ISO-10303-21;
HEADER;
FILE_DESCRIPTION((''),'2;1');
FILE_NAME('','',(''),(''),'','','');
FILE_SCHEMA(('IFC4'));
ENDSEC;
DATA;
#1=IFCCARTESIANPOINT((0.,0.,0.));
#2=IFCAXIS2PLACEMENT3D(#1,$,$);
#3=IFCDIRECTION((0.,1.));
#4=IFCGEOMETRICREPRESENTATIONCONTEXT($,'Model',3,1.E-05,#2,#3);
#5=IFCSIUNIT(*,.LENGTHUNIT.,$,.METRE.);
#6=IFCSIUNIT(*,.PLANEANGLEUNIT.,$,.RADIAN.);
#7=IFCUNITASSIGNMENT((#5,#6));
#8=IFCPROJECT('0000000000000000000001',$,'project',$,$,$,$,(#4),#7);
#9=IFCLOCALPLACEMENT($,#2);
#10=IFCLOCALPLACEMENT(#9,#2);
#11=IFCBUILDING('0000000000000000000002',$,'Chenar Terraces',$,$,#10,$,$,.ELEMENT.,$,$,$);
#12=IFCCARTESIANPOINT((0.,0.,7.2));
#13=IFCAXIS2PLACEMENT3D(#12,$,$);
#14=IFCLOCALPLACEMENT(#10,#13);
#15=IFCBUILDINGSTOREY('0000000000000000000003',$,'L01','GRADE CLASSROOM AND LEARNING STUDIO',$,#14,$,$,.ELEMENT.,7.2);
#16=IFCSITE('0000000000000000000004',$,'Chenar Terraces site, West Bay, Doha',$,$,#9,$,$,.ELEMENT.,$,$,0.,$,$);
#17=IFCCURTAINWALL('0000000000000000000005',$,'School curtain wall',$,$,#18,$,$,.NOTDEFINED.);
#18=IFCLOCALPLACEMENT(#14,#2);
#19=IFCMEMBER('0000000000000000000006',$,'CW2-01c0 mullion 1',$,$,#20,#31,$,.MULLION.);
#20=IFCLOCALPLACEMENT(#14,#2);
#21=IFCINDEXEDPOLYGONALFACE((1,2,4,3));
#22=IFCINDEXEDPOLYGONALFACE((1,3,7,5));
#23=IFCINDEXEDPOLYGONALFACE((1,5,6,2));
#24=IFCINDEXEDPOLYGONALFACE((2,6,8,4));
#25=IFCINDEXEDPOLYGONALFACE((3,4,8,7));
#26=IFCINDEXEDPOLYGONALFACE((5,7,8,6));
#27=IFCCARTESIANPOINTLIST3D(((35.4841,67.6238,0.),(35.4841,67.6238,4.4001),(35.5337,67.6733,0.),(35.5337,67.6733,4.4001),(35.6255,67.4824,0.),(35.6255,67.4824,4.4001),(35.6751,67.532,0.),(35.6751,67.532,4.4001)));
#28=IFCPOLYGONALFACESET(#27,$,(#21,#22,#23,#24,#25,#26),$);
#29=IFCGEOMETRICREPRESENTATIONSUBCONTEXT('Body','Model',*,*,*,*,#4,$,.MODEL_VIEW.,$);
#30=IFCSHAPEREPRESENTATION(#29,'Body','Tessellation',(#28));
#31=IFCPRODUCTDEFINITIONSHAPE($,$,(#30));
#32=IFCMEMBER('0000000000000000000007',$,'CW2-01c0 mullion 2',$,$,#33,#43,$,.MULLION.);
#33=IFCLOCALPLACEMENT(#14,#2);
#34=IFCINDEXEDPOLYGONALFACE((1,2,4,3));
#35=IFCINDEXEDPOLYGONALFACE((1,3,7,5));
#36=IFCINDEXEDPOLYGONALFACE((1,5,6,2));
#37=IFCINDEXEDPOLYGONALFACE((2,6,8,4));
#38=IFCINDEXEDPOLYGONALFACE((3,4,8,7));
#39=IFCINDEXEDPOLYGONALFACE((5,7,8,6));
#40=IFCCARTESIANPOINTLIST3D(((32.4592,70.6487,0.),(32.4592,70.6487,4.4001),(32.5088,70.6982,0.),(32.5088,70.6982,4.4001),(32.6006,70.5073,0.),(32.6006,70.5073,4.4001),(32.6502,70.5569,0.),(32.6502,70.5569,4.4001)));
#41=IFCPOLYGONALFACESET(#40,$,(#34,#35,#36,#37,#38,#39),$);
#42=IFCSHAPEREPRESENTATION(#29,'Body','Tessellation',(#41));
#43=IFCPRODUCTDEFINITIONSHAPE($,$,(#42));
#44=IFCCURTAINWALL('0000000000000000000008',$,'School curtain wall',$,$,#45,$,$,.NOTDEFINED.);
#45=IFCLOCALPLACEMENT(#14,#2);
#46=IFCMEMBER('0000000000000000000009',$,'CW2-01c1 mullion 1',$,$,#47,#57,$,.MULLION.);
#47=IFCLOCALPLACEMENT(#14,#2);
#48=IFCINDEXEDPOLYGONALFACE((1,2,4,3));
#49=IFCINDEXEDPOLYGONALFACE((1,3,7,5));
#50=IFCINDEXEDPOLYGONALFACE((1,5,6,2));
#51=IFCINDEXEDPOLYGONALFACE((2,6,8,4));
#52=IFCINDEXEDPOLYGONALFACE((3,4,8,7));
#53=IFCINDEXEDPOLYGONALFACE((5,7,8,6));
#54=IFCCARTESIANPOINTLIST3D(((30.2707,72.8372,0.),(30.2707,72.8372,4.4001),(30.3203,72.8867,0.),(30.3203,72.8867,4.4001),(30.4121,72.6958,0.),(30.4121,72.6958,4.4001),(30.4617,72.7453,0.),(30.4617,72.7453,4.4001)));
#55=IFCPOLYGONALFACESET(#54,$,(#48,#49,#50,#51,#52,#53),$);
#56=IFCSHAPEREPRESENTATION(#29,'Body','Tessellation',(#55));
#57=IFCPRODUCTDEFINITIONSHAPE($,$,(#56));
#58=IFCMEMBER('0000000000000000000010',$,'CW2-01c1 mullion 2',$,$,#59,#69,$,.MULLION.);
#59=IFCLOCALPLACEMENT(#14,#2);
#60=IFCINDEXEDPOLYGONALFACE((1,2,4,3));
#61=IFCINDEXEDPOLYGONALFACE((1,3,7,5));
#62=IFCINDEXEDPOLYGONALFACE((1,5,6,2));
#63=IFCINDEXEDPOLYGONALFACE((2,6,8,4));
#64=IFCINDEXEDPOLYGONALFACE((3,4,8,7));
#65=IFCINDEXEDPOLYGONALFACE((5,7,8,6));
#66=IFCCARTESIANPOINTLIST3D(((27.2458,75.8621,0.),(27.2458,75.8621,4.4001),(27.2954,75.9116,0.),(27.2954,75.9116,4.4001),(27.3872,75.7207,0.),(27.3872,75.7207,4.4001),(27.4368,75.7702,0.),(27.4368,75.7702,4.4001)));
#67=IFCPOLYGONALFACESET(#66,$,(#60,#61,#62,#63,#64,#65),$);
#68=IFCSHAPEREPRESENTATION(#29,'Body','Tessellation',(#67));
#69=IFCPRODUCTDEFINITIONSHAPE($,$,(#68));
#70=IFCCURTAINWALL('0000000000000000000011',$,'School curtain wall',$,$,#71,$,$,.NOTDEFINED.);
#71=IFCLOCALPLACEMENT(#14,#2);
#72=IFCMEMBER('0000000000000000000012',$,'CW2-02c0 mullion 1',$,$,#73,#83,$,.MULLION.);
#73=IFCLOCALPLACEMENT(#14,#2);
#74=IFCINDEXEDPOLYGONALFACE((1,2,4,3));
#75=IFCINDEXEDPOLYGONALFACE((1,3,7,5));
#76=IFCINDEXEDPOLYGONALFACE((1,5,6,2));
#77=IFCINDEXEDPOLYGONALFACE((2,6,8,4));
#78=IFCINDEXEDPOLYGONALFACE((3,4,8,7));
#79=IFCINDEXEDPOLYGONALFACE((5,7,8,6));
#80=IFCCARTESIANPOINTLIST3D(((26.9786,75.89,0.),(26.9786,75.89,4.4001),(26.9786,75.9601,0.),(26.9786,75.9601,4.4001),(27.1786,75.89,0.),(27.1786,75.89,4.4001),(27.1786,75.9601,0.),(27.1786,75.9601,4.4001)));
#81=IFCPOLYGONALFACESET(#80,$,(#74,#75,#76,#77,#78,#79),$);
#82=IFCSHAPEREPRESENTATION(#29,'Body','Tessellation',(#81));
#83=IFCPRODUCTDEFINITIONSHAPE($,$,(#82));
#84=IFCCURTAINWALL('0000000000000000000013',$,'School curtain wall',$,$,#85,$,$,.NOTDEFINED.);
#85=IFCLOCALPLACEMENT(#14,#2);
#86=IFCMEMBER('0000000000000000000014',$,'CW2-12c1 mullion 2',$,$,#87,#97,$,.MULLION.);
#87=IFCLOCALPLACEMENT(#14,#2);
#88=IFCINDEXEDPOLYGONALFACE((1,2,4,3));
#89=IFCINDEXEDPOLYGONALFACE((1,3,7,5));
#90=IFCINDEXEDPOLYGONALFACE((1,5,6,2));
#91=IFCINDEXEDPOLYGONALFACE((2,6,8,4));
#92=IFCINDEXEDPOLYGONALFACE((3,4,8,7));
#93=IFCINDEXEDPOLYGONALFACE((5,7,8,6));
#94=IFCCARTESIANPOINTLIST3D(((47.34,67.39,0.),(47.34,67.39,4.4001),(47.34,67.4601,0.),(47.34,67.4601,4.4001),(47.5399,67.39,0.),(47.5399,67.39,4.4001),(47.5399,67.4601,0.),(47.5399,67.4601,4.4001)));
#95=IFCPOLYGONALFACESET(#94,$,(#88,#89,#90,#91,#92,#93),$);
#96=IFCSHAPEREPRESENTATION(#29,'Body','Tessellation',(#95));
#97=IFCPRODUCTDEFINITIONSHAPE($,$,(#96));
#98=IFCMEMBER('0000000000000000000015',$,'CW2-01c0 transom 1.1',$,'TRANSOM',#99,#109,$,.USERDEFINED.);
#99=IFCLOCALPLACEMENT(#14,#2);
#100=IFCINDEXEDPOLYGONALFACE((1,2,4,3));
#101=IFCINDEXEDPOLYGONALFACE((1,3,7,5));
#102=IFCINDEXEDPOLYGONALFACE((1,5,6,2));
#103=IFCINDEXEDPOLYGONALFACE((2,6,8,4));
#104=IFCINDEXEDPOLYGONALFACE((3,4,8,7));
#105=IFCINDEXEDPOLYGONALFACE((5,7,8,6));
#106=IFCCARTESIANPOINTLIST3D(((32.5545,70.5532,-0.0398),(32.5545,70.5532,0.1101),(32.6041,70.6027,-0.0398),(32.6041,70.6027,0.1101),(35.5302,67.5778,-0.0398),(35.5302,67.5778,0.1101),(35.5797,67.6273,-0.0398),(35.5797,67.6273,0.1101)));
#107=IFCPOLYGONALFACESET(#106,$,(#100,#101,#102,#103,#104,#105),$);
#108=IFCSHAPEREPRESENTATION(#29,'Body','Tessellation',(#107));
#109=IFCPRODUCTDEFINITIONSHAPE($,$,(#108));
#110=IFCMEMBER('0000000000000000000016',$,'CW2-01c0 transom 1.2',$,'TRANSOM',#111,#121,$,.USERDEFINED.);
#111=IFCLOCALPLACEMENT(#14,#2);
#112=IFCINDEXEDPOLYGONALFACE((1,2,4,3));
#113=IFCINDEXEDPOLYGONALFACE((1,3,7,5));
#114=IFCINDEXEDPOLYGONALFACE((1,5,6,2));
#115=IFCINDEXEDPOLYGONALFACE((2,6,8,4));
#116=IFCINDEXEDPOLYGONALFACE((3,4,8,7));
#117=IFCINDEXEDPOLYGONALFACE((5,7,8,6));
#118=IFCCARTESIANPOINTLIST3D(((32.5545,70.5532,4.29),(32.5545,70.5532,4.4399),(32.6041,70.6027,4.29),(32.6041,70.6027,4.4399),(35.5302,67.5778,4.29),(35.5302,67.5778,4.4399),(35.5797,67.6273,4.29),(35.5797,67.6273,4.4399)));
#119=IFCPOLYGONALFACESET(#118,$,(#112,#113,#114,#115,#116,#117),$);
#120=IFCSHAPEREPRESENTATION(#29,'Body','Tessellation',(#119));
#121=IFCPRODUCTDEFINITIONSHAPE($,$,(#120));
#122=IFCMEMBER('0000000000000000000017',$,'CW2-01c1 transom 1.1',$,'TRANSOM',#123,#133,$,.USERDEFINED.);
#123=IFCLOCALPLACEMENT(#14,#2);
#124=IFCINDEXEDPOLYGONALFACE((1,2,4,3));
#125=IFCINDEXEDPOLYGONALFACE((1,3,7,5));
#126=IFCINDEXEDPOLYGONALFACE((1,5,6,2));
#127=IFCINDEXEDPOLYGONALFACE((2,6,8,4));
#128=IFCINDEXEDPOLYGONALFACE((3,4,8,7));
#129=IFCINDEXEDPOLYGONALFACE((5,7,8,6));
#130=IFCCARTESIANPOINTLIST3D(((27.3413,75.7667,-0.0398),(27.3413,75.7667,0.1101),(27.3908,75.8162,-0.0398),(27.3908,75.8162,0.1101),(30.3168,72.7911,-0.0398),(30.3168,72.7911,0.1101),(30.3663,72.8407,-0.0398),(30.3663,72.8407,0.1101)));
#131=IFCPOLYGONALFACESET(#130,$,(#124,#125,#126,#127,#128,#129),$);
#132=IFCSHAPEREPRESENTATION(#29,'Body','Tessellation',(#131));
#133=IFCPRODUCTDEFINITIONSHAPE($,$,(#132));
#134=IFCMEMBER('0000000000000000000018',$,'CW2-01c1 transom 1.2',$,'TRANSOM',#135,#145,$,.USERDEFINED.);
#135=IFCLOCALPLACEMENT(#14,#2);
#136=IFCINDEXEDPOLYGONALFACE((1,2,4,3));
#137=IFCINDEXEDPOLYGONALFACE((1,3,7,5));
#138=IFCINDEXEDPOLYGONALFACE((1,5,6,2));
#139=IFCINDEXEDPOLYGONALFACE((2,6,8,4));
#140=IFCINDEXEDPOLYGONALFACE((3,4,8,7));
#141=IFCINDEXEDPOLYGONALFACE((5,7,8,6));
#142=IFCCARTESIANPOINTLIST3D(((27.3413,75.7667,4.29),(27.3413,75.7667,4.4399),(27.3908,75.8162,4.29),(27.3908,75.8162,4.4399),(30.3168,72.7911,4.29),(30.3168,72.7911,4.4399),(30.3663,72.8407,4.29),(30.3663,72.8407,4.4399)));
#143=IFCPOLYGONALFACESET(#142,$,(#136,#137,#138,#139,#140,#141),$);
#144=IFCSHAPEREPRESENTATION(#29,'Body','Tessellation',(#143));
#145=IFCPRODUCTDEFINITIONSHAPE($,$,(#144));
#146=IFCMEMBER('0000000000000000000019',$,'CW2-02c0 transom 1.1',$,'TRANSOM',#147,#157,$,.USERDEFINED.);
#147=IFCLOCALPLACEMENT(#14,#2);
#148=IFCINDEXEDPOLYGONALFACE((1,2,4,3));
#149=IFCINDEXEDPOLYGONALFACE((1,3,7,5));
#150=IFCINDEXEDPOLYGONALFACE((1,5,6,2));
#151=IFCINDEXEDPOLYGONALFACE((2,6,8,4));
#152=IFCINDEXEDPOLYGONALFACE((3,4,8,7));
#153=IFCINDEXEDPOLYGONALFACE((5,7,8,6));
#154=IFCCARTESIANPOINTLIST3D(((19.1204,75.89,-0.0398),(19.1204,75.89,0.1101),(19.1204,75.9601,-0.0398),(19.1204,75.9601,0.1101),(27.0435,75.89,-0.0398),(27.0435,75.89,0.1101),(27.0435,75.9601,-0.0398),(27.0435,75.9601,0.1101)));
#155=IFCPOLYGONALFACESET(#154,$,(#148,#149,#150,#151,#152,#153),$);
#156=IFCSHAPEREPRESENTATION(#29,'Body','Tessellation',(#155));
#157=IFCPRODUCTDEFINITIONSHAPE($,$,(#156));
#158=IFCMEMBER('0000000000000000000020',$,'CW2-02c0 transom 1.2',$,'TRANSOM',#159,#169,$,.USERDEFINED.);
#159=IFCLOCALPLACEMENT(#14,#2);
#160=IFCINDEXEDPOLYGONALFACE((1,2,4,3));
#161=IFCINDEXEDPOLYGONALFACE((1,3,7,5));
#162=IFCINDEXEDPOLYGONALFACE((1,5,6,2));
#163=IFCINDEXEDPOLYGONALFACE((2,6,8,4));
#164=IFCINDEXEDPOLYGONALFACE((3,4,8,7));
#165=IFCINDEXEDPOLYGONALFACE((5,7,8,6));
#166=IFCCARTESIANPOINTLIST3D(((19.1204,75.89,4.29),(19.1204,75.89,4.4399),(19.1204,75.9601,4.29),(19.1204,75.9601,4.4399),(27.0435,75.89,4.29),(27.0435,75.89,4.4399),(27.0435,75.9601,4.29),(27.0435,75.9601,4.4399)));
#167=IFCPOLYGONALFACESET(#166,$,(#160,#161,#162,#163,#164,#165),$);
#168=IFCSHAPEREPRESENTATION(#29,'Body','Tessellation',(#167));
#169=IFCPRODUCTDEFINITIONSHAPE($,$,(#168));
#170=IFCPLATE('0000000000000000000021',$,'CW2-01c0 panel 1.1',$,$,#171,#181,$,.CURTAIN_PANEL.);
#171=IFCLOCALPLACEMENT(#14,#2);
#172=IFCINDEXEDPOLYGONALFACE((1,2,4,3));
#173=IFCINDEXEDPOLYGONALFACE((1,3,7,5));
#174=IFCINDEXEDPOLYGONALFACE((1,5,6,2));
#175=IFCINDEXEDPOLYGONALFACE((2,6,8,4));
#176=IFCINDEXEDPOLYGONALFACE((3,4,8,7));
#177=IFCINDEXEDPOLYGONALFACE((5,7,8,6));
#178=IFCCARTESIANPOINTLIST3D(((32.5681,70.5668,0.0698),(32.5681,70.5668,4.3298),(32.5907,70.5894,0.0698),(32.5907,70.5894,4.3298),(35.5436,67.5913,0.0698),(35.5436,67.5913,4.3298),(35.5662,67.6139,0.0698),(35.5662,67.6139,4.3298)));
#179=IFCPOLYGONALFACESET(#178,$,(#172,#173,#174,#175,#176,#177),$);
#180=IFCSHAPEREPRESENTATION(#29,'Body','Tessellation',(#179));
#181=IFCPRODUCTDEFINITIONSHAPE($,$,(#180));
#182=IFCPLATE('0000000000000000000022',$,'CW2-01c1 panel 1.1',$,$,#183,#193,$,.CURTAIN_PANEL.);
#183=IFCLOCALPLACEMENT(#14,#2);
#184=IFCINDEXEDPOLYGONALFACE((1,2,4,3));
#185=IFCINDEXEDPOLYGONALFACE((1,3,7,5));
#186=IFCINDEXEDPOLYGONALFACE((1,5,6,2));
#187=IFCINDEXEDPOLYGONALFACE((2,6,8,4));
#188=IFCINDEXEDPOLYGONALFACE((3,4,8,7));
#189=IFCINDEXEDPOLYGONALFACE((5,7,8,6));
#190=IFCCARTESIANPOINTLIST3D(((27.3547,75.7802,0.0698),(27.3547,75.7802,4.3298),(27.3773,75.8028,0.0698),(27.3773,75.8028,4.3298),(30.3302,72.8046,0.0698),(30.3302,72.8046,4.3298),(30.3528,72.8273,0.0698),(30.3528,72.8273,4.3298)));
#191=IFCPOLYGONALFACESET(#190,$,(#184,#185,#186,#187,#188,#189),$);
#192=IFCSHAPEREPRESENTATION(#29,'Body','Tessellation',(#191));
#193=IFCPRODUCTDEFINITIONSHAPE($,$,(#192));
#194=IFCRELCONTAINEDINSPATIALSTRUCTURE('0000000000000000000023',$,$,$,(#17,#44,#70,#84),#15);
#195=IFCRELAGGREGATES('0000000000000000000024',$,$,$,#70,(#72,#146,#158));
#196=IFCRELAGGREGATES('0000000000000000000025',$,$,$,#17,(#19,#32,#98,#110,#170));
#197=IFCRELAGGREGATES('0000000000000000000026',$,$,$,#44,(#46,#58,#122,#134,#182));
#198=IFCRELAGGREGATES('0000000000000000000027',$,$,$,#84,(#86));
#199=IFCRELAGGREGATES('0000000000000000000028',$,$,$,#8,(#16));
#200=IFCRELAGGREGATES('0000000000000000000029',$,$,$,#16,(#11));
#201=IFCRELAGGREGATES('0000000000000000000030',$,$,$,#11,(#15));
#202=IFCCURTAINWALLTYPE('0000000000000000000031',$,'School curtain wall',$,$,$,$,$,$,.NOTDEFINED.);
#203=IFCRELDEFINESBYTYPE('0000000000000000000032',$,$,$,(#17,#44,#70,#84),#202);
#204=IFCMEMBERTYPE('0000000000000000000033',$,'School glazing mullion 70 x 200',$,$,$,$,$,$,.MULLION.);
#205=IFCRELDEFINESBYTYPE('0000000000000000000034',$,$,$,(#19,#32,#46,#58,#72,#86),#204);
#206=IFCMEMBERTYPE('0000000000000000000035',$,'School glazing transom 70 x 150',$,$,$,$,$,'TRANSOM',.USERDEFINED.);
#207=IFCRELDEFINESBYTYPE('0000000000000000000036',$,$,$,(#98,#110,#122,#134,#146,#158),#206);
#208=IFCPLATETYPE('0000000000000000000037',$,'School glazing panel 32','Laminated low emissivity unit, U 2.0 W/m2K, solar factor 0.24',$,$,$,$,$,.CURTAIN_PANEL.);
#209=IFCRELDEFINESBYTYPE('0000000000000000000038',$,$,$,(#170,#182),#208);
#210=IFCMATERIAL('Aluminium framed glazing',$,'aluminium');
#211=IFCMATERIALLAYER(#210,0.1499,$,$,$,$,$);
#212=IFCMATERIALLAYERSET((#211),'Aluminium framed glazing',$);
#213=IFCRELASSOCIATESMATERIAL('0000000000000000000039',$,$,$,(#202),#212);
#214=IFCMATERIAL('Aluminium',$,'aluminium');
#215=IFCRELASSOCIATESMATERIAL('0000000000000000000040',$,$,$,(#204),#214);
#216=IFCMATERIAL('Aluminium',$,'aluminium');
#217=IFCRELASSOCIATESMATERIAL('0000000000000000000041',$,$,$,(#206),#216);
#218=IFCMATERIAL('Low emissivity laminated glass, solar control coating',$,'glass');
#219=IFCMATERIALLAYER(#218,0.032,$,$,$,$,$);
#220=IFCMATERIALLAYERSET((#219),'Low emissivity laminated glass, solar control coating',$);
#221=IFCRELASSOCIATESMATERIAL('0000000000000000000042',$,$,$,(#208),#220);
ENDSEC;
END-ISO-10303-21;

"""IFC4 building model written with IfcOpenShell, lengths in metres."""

from ifc_helpers import new_model, si_unit, direction, frame, origin, origin_2d, place, context, subcontext, project, spatial, rectangle, extrude, material, layer, layer_set, material_profile, profile_set, type_object, element, aggregate, save


model = new_model("IFC4")

# Units and contexts
model_context = context("Model", 3, precision=1e-05, world=origin(), true_north=direction((0.0, 1.0)))
body_context = subcontext(model_context, "Body", "Model", "MODEL_VIEW")
ifc_project = project(units=[si_unit("LENGTHUNIT", "METRE"), si_unit("PLANEANGLEUNIT", "RADIAN")], contexts=[model_context])

# Site, building, storey
site_placement = place(None, origin())
site = spatial("IfcSite", under=ifc_project, at=site_placement, Name="Chenar Terraces site, West Bay, Doha", CompositionType="ELEMENT", RefElevation=0.0)
building_placement = place(site_placement, origin())
building = spatial("IfcBuilding", under=site, at=building_placement, Name="Chenar Terraces", CompositionType="ELEMENT")
storey_placement = place(building_placement, frame((0.0, 0.0, 7.2)))
storey = spatial("IfcBuildingStorey", under=building, at=storey_placement, Name="L01", Description="GRADE CLASSROOM AND LEARNING STUDIO", CompositionType="ELEMENT", Elevation=7.2)

# Curtain walls, members
ifc_material_1 = material(Name="Aluminium framed glazing", Category="aluminium")
ifc_layer_1 = layer(ifc_material_1, 0.1499)
ifc_layer_set_1 = layer_set([ifc_layer_1], Name="Aluminium framed glazing")
curtain_wall_type = type_object("IfcCurtainWallType", Name="School curtain wall", PredefinedType="NOTDEFINED", material=ifc_layer_set_1)
placement = place(storey_placement, origin())
curtain_wall_1 = element("IfcCurtainWall", 1, at=placement, inside=storey, type_object=curtain_wall_type, Name="School curtain wall", PredefinedType="NOTDEFINED")
ifc_material_2 = material(Name="Aluminium", Category="aluminium")
ifc_material_profile_1 = material_profile(ifc_material_2, rectangle(XDim=0.0701, YDim=0.2, at=origin_2d()), Name="School glazing mullion 70 x 200")
ifc_profile_set_1 = profile_set([ifc_material_profile_1], Name="Aluminium")
member_type_1 = type_object("IfcMemberType", Name="School glazing mullion 70 x 200", PredefinedType="MULLION", material=ifc_profile_set_1)
member_1_placement = place(storey_placement, frame((35.5796, 67.5779, 0.0), z_axis=(0.0, 0.0, 1.0), x_axis=(-0.707107, -0.707107, 0.0)))
member_1 = element("IfcMember", 2, at=member_1_placement, type_object=member_type_1, Name="CW2-01c0 mullion 1", PredefinedType="MULLION", context=body_context, shape_type="SweptSolid", body=[
    extrude(rectangle(XDim=0.0701, YDim=0.2, at=origin_2d()), origin(), (0.0, 0.0, 1.0), 4.4001),
])
member_2_placement = place(storey_placement, frame((32.5547, 70.6028, 0.0), z_axis=(0.0, 0.0, 1.0), x_axis=(-0.707107, -0.707107, 0.0)))
member_2 = element("IfcMember", 3, at=member_2_placement, type_object=member_type_1, Name="CW2-01c0 mullion 2", PredefinedType="MULLION", context=body_context, shape_type="SweptSolid", body=[
    extrude(rectangle(XDim=0.0701, YDim=0.2, at=origin_2d()), origin(), (0.0, 0.0, 1.0), 4.4001),
])
curtain_wall_2 = element("IfcCurtainWall", 4, at=placement, inside=storey, type_object=curtain_wall_type, Name="School curtain wall", PredefinedType="NOTDEFINED")
member_3_placement = place(storey_placement, frame((30.3662, 72.7913, 0.0), z_axis=(0.0, 0.0, 1.0), x_axis=(-0.707107, -0.707107, 0.0)))
member_3 = element("IfcMember", 5, at=member_3_placement, type_object=member_type_1, Name="CW2-01c1 mullion 1", PredefinedType="MULLION", context=body_context, shape_type="SweptSolid", body=[
    extrude(rectangle(XDim=0.0701, YDim=0.2, at=origin_2d()), origin(), (0.0, 0.0, 1.0), 4.4001),
])
member_4_placement = place(storey_placement, frame((27.3413, 75.8162, 0.0), z_axis=(0.0, 0.0, 1.0), x_axis=(-0.707107, -0.707107, 0.0)))
member_4 = element("IfcMember", 6, at=member_4_placement, type_object=member_type_1, Name="CW2-01c1 mullion 2", PredefinedType="MULLION", context=body_context, shape_type="SweptSolid", body=[
    extrude(rectangle(XDim=0.0701, YDim=0.2, at=origin_2d()), origin(), (0.0, 0.0, 1.0), 4.4001),
])

# Curtain walls, members
curtain_wall_3 = element("IfcCurtainWall", 7, at=placement, inside=storey, type_object=curtain_wall_type, Name="School curtain wall", PredefinedType="NOTDEFINED")
member_5_placement = place(storey_placement, frame((27.0786, 75.925, 0.0), z_axis=(0.0, 0.0, 1.0), x_axis=(0.0, -1.0, 0.0)))
member_5 = element("IfcMember", 8, at=member_5_placement, type_object=member_type_1, Name="CW2-02c0 mullion 1", PredefinedType="MULLION", context=body_context, shape_type="SweptSolid", body=[
    extrude(rectangle(XDim=0.0701, YDim=0.2, at=origin_2d()), origin(), (0.0, 0.0, 1.0), 4.4001),
])
curtain_wall_4 = element("IfcCurtainWall", 9, at=placement, inside=storey, type_object=curtain_wall_type, Name="School curtain wall", PredefinedType="NOTDEFINED")
member_6_placement = place(storey_placement, frame((47.4399, 67.425, 0.0), z_axis=(0.0, 0.0, 1.0), x_axis=(0.0, -1.0, 0.0)))
member_6 = element("IfcMember", 10, at=member_6_placement, type_object=member_type_1, Name="CW2-12c1 mullion 2", PredefinedType="MULLION", context=body_context, shape_type="SweptSolid", body=[
    extrude(rectangle(XDim=0.0701, YDim=0.2, at=origin_2d()), origin(), (0.0, 0.0, 1.0), 4.4001),
])

# Members
ifc_material_3 = material(Name="Aluminium", Category="aluminium")
ifc_material_profile_2 = material_profile(ifc_material_3, rectangle(XDim=0.0701, YDim=0.1499, at=origin_2d()), Name="School glazing transom 70 x 150")
ifc_profile_set_2 = profile_set([ifc_material_profile_2], Name="Aluminium")
member_type_2 = type_object("IfcMemberType", Name="School glazing transom 70 x 150", ElementType="TRANSOM", PredefinedType="USERDEFINED", material=ifc_profile_set_2)
member_7_placement = place(storey_placement, frame((35.5549, 67.6025, 0.0352), z_axis=(-0.707136, 0.707078, 0.0), x_axis=(-0.707078, -0.707136, 0.0)))
member_7 = element("IfcMember", 11, at=member_7_placement, type_object=member_type_2, Name="CW2-01c0 transom 1.1", ObjectType="TRANSOM", PredefinedType="USERDEFINED", context=body_context, shape_type="SweptSolid", body=[
    extrude(rectangle(XDim=0.0701, YDim=0.1499, at=origin_2d()), origin(), (0.0, 0.0, 1.0), 4.208),
])
member_8_placement = place(storey_placement, frame((35.5549, 67.6025, 4.365), z_axis=(-0.707136, 0.707078, 0.0), x_axis=(-0.707078, -0.707136, 0.0)))
member_8 = element("IfcMember", 12, at=member_8_placement, type_object=member_type_2, Name="CW2-01c0 transom 1.2", ObjectType="TRANSOM", PredefinedType="USERDEFINED", context=body_context, shape_type="SweptSolid", body=[
    extrude(rectangle(XDim=0.0701, YDim=0.1499, at=origin_2d()), origin(), (0.0, 0.0, 1.0), 4.208),
])
member_9_placement = place(storey_placement, frame((30.3416, 72.8159, 0.0352), z_axis=(-0.707107, 0.707107, 0.0), x_axis=(-0.707107, -0.707107, 0.0)))
member_9 = element("IfcMember", 13, at=member_9_placement, type_object=member_type_2, Name="CW2-01c1 transom 1.1", ObjectType="TRANSOM", PredefinedType="USERDEFINED", context=body_context, shape_type="SweptSolid", body=[
    extrude(rectangle(XDim=0.0701, YDim=0.1499, at=origin_2d()), origin(), (0.0, 0.0, 1.0), 4.208),
])
member_10_placement = place(storey_placement, frame((30.3416, 72.8159, 4.365), z_axis=(-0.707107, 0.707107, 0.0), x_axis=(-0.707107, -0.707107, 0.0)))
member_10 = element("IfcMember", 14, at=member_10_placement, type_object=member_type_2, Name="CW2-01c1 transom 1.2", ObjectType="TRANSOM", PredefinedType="USERDEFINED", context=body_context, shape_type="SweptSolid", body=[
    extrude(rectangle(XDim=0.0701, YDim=0.1499, at=origin_2d()), origin(), (0.0, 0.0, 1.0), 4.208),
])
member_11_placement = place(storey_placement, frame((27.0435, 75.925, 0.0352), z_axis=(-1.0, 0.0, 0.0), x_axis=(0.0, -1.0, 0.0)))
member_11 = element("IfcMember", 15, at=member_11_placement, type_object=member_type_2, Name="CW2-02c0 transom 1.1", ObjectType="TRANSOM", PredefinedType="USERDEFINED", context=body_context, shape_type="SweptSolid", body=[
    extrude(rectangle(XDim=0.0701, YDim=0.1499, at=origin_2d()), origin(), (0.0, 0.0, 1.0), 7.9231),
])
member_12_placement = place(storey_placement, frame((27.0435, 75.925, 4.365), z_axis=(-1.0, 0.0, 0.0), x_axis=(0.0, -1.0, 0.0)))
member_12 = element("IfcMember", 16, at=member_12_placement, type_object=member_type_2, Name="CW2-02c0 transom 1.2", ObjectType="TRANSOM", PredefinedType="USERDEFINED", context=body_context, shape_type="SweptSolid", body=[
    extrude(rectangle(XDim=0.0701, YDim=0.1499, at=origin_2d()), origin(), (0.0, 0.0, 1.0), 7.9231),
])
aggregate(curtain_wall_3, [member_5, member_11, member_12])

# Plates
ifc_material_4 = material(Name="Low emissivity laminated glass, solar control coating", Category="glass")
ifc_layer_2 = layer(ifc_material_4, 0.032)
ifc_layer_set_2 = layer_set([ifc_layer_2], Name="Low emissivity laminated glass, solar control coating")
plate_type = type_object("IfcPlateType", Name="School glazing panel 32", Description="Laminated low emissivity unit, U 2.0 W/m2K, solar factor 0.24", PredefinedType="CURTAIN_PANEL", material=ifc_layer_set_2)
plate_1_placement = place(storey_placement, frame((34.0671, 69.0903, 0.0698), z_axis=(0.0, 0.0, 1.0), x_axis=(-0.707107, 0.707107, 0.0)))
plate_1 = element("IfcPlate", 17, at=plate_1_placement, type_object=plate_type, Name="CW2-01c0 panel 1.1", PredefinedType="CURTAIN_PANEL", context=body_context, shape_type="SweptSolid", body=[
    extrude(rectangle(XDim=4.208, YDim=0.032, at=origin_2d()), origin(), (0.0, 0.0, 1.0), 4.26),
])
aggregate(curtain_wall_1, [member_1, member_2, member_7, member_8, plate_1])
plate_2_placement = place(storey_placement, frame((28.8538, 74.3037, 0.0698), z_axis=(0.0, 0.0, 1.0), x_axis=(-0.707107, 0.707107, 0.0)))
plate_2 = element("IfcPlate", 18, at=plate_2_placement, type_object=plate_type, Name="CW2-01c1 panel 1.1", PredefinedType="CURTAIN_PANEL", context=body_context, shape_type="SweptSolid", body=[
    extrude(rectangle(XDim=4.208, YDim=0.032, at=origin_2d()), origin(), (0.0, 0.0, 1.0), 4.26),
])
aggregate(curtain_wall_2, [member_3, member_4, member_9, member_10, plate_2])
aggregate(curtain_wall_4, [member_6])

save(model, "model.ifc")
